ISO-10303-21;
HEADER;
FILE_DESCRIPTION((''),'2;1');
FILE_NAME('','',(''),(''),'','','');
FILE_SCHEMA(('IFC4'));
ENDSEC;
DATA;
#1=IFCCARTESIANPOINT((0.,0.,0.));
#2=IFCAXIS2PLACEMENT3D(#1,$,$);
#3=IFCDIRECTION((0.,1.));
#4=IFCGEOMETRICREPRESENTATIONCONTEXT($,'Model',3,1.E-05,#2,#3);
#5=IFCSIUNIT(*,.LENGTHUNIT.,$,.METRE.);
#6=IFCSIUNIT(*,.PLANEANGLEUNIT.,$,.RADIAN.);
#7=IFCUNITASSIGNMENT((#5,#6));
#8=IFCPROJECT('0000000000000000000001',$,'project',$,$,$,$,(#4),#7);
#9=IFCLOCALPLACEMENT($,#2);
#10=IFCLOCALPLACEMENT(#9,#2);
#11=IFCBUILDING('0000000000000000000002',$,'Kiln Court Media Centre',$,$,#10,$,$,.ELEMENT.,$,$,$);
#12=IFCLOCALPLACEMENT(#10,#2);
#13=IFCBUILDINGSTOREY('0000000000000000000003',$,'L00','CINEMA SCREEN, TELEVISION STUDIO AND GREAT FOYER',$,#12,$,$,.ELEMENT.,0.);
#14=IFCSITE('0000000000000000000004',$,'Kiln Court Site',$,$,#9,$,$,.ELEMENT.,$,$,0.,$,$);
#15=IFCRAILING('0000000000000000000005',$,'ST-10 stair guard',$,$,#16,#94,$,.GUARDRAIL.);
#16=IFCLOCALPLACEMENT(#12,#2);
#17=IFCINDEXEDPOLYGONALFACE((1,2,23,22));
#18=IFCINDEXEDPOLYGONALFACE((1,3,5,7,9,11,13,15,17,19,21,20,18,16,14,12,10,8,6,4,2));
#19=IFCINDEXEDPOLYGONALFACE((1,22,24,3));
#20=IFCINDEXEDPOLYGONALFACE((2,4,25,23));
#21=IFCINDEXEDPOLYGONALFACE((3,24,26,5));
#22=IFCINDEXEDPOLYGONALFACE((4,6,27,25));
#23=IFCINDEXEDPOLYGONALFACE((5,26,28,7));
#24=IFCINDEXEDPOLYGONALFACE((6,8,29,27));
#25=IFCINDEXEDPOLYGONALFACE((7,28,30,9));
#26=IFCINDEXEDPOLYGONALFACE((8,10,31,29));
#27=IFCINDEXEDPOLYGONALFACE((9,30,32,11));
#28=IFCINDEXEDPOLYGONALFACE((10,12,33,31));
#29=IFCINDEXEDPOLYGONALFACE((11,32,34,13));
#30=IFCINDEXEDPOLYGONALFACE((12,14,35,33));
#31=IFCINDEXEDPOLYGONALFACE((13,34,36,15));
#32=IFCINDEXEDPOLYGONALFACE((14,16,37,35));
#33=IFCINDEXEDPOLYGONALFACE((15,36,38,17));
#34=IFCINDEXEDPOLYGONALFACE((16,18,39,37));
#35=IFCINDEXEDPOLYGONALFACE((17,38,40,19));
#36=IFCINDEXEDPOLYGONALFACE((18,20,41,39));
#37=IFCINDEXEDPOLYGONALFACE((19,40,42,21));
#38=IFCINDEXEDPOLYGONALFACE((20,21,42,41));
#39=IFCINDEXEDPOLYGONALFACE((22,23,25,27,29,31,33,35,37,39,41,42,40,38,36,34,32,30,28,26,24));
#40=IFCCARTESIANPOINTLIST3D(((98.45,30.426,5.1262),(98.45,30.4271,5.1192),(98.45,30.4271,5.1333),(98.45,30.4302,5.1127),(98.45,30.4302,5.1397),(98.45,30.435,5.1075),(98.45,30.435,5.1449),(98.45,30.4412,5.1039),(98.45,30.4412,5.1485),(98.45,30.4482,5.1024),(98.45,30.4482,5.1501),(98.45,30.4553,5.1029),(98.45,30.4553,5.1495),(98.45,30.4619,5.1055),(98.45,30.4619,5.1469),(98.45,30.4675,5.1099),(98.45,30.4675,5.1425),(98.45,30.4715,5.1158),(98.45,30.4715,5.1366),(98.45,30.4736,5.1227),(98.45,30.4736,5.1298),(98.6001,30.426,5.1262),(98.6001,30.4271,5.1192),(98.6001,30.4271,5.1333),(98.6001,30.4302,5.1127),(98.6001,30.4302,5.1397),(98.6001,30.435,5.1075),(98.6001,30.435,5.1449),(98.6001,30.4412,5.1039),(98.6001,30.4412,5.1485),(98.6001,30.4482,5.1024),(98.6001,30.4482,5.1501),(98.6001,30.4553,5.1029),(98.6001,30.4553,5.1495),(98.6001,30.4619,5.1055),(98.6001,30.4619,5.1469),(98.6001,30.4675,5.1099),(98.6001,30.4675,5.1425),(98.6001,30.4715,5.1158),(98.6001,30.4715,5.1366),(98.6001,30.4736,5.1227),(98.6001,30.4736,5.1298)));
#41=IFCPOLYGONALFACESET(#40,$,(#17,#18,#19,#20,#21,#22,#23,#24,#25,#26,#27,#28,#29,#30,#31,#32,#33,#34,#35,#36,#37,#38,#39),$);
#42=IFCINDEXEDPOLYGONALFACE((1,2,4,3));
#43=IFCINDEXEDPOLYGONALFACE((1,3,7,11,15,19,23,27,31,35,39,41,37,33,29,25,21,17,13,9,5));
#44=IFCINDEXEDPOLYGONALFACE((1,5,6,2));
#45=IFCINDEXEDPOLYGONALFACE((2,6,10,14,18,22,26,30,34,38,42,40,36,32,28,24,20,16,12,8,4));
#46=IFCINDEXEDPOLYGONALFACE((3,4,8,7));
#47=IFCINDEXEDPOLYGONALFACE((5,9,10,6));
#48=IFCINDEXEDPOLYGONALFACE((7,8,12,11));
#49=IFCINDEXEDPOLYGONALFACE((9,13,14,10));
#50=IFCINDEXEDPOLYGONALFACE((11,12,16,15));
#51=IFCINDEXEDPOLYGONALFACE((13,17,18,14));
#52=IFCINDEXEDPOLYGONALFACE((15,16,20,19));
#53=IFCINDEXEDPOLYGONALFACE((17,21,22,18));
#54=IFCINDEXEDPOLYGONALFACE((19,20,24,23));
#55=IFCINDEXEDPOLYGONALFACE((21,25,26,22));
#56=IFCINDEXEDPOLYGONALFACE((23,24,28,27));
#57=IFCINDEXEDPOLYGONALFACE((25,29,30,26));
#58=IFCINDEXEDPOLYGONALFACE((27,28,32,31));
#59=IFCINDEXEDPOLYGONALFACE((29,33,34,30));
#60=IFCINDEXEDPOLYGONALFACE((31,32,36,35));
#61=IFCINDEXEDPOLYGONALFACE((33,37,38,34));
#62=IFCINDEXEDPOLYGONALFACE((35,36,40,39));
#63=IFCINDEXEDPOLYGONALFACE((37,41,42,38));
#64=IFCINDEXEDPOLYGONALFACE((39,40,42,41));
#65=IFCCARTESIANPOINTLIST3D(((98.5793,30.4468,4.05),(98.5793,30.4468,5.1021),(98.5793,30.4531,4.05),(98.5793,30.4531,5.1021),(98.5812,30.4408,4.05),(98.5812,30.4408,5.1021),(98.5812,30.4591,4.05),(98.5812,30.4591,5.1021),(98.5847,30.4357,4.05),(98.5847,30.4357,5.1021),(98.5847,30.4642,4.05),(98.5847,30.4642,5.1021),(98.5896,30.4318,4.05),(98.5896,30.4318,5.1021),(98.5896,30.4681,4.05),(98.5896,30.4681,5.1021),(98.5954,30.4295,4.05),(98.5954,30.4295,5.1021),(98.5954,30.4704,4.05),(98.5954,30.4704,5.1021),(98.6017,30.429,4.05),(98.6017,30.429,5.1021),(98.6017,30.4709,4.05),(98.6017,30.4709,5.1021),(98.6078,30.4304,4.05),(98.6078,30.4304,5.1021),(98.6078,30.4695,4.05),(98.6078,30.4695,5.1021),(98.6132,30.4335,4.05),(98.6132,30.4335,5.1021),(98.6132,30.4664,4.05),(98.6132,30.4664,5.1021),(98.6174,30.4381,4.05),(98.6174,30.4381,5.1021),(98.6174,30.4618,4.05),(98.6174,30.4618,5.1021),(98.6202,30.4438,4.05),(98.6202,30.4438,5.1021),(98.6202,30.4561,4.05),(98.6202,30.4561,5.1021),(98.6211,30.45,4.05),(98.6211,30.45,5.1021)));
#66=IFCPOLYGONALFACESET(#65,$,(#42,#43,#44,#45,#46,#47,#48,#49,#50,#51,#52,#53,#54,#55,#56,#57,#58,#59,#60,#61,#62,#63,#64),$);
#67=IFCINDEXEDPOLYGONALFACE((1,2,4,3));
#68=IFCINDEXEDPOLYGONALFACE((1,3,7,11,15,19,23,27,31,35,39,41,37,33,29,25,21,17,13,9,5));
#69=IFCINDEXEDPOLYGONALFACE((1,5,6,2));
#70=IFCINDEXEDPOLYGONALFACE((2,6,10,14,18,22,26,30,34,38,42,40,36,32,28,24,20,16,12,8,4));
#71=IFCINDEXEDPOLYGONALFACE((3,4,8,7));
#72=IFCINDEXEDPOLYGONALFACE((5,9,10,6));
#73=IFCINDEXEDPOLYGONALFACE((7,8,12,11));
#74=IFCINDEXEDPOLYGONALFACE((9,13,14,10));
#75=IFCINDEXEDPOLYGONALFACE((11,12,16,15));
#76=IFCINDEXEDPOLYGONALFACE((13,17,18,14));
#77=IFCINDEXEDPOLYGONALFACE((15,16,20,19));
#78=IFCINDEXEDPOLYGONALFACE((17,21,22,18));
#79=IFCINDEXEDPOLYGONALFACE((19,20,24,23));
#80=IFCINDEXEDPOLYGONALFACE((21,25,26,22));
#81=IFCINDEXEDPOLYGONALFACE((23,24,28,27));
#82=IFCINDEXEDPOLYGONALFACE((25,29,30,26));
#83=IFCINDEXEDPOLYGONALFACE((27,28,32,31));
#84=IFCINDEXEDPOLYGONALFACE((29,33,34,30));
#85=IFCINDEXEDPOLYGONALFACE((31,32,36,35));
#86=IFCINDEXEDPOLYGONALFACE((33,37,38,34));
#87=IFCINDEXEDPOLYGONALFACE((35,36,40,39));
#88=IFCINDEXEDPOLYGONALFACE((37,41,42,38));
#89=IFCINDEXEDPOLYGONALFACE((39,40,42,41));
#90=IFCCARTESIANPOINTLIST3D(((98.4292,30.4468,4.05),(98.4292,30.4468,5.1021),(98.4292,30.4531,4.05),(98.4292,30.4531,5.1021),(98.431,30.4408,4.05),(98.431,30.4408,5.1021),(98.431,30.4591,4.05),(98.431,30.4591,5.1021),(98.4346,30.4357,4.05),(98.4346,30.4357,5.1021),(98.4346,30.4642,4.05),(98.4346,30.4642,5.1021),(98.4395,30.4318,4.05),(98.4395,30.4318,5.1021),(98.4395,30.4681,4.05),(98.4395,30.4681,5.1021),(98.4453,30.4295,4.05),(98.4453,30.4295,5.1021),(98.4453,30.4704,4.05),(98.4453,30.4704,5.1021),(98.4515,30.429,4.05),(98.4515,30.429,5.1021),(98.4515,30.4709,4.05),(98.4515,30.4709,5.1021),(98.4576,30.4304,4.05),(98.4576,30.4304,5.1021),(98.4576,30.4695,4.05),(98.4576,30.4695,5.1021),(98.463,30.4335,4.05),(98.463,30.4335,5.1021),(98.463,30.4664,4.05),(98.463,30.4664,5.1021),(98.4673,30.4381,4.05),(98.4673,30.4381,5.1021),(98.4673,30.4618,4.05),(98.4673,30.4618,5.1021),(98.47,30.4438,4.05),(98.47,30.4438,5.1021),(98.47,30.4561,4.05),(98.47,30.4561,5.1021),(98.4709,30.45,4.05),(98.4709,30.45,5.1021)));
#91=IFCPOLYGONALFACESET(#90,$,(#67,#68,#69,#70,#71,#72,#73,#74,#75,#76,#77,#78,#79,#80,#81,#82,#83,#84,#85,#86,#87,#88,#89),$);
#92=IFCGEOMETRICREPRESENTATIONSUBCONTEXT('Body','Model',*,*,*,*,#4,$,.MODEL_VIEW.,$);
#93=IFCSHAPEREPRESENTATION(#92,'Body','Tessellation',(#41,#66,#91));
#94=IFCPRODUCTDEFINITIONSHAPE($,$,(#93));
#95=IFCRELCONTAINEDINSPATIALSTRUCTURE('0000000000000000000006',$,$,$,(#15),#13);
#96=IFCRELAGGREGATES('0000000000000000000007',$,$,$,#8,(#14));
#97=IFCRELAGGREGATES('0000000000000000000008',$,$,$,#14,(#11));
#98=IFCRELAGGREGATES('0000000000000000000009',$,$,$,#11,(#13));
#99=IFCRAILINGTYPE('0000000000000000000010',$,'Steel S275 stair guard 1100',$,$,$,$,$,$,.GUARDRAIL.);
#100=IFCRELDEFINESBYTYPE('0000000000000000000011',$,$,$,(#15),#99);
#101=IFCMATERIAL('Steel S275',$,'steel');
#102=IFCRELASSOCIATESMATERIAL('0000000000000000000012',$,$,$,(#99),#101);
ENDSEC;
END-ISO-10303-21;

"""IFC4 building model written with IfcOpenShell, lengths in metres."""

from ifc_helpers import new_model, si_unit, direction, frame, origin, origin_2d, place, context, subcontext, project, spatial, circle, extrude, material, type_object, element, save


model = new_model("IFC4")

# Units and contexts
model_context = context("Model", 3, precision=1e-05, world=origin(), true_north=direction((0.0, 1.0)))
body_context = subcontext(model_context, "Body", "Model", "MODEL_VIEW")
ifc_project = project(units=[si_unit("LENGTHUNIT", "METRE"), si_unit("PLANEANGLEUNIT", "RADIAN")], contexts=[model_context])

# Site, building, storey
site_placement = place(None, origin())
site = spatial("IfcSite", under=ifc_project, at=site_placement, Name="Kiln Court Site", CompositionType="ELEMENT", RefElevation=0.0)
building_placement = place(site_placement, origin())
building = spatial("IfcBuilding", under=site, at=building_placement, Name="Kiln Court Media Centre", CompositionType="ELEMENT")
storey_placement = place(building_placement, origin())
storey = spatial("IfcBuildingStorey", under=building, at=storey_placement, Name="L00", Description="CINEMA SCREEN, TELEVISION STUDIO AND GREAT FOYER", CompositionType="ELEMENT", Elevation=0.0)

# Railing
ifc_material_1 = material(Name="Steel S275", Category="steel")
railing_type_1 = type_object("IfcRailingType", Name="Steel S275 stair guard 1100", PredefinedType="GUARDRAIL", material=ifc_material_1)
railing_1_placement = place(storey_placement, frame((98.6001, 30.45, 4.05)))
element("IfcRailing", 1, at=railing_1_placement, inside=storey, type_object=railing_type_1, Name="ST-10 stair guard", PredefinedType="GUARDRAIL", context=body_context, shape_type="SweptSolid", body=[
    extrude(circle(Radius=0.0239, at=origin_2d()), frame((0.0, 0.0, 1.0762), z_axis=(-1.0, 0.0, 0.0), x_axis=(0.0, -1.0, 0.0)), (0.0, 0.0, 1.0), 0.1501),
    extrude(circle(Radius=0.021, at=origin_2d()), origin(), (0.0, 0.0, 1.0), 1.052),
    extrude(circle(Radius=0.021, at=origin_2d()), frame((-0.1501, 0.0, 0.0)), (0.0, 0.0, 1.0), 1.052),
])

save(model, "model.ifc")
